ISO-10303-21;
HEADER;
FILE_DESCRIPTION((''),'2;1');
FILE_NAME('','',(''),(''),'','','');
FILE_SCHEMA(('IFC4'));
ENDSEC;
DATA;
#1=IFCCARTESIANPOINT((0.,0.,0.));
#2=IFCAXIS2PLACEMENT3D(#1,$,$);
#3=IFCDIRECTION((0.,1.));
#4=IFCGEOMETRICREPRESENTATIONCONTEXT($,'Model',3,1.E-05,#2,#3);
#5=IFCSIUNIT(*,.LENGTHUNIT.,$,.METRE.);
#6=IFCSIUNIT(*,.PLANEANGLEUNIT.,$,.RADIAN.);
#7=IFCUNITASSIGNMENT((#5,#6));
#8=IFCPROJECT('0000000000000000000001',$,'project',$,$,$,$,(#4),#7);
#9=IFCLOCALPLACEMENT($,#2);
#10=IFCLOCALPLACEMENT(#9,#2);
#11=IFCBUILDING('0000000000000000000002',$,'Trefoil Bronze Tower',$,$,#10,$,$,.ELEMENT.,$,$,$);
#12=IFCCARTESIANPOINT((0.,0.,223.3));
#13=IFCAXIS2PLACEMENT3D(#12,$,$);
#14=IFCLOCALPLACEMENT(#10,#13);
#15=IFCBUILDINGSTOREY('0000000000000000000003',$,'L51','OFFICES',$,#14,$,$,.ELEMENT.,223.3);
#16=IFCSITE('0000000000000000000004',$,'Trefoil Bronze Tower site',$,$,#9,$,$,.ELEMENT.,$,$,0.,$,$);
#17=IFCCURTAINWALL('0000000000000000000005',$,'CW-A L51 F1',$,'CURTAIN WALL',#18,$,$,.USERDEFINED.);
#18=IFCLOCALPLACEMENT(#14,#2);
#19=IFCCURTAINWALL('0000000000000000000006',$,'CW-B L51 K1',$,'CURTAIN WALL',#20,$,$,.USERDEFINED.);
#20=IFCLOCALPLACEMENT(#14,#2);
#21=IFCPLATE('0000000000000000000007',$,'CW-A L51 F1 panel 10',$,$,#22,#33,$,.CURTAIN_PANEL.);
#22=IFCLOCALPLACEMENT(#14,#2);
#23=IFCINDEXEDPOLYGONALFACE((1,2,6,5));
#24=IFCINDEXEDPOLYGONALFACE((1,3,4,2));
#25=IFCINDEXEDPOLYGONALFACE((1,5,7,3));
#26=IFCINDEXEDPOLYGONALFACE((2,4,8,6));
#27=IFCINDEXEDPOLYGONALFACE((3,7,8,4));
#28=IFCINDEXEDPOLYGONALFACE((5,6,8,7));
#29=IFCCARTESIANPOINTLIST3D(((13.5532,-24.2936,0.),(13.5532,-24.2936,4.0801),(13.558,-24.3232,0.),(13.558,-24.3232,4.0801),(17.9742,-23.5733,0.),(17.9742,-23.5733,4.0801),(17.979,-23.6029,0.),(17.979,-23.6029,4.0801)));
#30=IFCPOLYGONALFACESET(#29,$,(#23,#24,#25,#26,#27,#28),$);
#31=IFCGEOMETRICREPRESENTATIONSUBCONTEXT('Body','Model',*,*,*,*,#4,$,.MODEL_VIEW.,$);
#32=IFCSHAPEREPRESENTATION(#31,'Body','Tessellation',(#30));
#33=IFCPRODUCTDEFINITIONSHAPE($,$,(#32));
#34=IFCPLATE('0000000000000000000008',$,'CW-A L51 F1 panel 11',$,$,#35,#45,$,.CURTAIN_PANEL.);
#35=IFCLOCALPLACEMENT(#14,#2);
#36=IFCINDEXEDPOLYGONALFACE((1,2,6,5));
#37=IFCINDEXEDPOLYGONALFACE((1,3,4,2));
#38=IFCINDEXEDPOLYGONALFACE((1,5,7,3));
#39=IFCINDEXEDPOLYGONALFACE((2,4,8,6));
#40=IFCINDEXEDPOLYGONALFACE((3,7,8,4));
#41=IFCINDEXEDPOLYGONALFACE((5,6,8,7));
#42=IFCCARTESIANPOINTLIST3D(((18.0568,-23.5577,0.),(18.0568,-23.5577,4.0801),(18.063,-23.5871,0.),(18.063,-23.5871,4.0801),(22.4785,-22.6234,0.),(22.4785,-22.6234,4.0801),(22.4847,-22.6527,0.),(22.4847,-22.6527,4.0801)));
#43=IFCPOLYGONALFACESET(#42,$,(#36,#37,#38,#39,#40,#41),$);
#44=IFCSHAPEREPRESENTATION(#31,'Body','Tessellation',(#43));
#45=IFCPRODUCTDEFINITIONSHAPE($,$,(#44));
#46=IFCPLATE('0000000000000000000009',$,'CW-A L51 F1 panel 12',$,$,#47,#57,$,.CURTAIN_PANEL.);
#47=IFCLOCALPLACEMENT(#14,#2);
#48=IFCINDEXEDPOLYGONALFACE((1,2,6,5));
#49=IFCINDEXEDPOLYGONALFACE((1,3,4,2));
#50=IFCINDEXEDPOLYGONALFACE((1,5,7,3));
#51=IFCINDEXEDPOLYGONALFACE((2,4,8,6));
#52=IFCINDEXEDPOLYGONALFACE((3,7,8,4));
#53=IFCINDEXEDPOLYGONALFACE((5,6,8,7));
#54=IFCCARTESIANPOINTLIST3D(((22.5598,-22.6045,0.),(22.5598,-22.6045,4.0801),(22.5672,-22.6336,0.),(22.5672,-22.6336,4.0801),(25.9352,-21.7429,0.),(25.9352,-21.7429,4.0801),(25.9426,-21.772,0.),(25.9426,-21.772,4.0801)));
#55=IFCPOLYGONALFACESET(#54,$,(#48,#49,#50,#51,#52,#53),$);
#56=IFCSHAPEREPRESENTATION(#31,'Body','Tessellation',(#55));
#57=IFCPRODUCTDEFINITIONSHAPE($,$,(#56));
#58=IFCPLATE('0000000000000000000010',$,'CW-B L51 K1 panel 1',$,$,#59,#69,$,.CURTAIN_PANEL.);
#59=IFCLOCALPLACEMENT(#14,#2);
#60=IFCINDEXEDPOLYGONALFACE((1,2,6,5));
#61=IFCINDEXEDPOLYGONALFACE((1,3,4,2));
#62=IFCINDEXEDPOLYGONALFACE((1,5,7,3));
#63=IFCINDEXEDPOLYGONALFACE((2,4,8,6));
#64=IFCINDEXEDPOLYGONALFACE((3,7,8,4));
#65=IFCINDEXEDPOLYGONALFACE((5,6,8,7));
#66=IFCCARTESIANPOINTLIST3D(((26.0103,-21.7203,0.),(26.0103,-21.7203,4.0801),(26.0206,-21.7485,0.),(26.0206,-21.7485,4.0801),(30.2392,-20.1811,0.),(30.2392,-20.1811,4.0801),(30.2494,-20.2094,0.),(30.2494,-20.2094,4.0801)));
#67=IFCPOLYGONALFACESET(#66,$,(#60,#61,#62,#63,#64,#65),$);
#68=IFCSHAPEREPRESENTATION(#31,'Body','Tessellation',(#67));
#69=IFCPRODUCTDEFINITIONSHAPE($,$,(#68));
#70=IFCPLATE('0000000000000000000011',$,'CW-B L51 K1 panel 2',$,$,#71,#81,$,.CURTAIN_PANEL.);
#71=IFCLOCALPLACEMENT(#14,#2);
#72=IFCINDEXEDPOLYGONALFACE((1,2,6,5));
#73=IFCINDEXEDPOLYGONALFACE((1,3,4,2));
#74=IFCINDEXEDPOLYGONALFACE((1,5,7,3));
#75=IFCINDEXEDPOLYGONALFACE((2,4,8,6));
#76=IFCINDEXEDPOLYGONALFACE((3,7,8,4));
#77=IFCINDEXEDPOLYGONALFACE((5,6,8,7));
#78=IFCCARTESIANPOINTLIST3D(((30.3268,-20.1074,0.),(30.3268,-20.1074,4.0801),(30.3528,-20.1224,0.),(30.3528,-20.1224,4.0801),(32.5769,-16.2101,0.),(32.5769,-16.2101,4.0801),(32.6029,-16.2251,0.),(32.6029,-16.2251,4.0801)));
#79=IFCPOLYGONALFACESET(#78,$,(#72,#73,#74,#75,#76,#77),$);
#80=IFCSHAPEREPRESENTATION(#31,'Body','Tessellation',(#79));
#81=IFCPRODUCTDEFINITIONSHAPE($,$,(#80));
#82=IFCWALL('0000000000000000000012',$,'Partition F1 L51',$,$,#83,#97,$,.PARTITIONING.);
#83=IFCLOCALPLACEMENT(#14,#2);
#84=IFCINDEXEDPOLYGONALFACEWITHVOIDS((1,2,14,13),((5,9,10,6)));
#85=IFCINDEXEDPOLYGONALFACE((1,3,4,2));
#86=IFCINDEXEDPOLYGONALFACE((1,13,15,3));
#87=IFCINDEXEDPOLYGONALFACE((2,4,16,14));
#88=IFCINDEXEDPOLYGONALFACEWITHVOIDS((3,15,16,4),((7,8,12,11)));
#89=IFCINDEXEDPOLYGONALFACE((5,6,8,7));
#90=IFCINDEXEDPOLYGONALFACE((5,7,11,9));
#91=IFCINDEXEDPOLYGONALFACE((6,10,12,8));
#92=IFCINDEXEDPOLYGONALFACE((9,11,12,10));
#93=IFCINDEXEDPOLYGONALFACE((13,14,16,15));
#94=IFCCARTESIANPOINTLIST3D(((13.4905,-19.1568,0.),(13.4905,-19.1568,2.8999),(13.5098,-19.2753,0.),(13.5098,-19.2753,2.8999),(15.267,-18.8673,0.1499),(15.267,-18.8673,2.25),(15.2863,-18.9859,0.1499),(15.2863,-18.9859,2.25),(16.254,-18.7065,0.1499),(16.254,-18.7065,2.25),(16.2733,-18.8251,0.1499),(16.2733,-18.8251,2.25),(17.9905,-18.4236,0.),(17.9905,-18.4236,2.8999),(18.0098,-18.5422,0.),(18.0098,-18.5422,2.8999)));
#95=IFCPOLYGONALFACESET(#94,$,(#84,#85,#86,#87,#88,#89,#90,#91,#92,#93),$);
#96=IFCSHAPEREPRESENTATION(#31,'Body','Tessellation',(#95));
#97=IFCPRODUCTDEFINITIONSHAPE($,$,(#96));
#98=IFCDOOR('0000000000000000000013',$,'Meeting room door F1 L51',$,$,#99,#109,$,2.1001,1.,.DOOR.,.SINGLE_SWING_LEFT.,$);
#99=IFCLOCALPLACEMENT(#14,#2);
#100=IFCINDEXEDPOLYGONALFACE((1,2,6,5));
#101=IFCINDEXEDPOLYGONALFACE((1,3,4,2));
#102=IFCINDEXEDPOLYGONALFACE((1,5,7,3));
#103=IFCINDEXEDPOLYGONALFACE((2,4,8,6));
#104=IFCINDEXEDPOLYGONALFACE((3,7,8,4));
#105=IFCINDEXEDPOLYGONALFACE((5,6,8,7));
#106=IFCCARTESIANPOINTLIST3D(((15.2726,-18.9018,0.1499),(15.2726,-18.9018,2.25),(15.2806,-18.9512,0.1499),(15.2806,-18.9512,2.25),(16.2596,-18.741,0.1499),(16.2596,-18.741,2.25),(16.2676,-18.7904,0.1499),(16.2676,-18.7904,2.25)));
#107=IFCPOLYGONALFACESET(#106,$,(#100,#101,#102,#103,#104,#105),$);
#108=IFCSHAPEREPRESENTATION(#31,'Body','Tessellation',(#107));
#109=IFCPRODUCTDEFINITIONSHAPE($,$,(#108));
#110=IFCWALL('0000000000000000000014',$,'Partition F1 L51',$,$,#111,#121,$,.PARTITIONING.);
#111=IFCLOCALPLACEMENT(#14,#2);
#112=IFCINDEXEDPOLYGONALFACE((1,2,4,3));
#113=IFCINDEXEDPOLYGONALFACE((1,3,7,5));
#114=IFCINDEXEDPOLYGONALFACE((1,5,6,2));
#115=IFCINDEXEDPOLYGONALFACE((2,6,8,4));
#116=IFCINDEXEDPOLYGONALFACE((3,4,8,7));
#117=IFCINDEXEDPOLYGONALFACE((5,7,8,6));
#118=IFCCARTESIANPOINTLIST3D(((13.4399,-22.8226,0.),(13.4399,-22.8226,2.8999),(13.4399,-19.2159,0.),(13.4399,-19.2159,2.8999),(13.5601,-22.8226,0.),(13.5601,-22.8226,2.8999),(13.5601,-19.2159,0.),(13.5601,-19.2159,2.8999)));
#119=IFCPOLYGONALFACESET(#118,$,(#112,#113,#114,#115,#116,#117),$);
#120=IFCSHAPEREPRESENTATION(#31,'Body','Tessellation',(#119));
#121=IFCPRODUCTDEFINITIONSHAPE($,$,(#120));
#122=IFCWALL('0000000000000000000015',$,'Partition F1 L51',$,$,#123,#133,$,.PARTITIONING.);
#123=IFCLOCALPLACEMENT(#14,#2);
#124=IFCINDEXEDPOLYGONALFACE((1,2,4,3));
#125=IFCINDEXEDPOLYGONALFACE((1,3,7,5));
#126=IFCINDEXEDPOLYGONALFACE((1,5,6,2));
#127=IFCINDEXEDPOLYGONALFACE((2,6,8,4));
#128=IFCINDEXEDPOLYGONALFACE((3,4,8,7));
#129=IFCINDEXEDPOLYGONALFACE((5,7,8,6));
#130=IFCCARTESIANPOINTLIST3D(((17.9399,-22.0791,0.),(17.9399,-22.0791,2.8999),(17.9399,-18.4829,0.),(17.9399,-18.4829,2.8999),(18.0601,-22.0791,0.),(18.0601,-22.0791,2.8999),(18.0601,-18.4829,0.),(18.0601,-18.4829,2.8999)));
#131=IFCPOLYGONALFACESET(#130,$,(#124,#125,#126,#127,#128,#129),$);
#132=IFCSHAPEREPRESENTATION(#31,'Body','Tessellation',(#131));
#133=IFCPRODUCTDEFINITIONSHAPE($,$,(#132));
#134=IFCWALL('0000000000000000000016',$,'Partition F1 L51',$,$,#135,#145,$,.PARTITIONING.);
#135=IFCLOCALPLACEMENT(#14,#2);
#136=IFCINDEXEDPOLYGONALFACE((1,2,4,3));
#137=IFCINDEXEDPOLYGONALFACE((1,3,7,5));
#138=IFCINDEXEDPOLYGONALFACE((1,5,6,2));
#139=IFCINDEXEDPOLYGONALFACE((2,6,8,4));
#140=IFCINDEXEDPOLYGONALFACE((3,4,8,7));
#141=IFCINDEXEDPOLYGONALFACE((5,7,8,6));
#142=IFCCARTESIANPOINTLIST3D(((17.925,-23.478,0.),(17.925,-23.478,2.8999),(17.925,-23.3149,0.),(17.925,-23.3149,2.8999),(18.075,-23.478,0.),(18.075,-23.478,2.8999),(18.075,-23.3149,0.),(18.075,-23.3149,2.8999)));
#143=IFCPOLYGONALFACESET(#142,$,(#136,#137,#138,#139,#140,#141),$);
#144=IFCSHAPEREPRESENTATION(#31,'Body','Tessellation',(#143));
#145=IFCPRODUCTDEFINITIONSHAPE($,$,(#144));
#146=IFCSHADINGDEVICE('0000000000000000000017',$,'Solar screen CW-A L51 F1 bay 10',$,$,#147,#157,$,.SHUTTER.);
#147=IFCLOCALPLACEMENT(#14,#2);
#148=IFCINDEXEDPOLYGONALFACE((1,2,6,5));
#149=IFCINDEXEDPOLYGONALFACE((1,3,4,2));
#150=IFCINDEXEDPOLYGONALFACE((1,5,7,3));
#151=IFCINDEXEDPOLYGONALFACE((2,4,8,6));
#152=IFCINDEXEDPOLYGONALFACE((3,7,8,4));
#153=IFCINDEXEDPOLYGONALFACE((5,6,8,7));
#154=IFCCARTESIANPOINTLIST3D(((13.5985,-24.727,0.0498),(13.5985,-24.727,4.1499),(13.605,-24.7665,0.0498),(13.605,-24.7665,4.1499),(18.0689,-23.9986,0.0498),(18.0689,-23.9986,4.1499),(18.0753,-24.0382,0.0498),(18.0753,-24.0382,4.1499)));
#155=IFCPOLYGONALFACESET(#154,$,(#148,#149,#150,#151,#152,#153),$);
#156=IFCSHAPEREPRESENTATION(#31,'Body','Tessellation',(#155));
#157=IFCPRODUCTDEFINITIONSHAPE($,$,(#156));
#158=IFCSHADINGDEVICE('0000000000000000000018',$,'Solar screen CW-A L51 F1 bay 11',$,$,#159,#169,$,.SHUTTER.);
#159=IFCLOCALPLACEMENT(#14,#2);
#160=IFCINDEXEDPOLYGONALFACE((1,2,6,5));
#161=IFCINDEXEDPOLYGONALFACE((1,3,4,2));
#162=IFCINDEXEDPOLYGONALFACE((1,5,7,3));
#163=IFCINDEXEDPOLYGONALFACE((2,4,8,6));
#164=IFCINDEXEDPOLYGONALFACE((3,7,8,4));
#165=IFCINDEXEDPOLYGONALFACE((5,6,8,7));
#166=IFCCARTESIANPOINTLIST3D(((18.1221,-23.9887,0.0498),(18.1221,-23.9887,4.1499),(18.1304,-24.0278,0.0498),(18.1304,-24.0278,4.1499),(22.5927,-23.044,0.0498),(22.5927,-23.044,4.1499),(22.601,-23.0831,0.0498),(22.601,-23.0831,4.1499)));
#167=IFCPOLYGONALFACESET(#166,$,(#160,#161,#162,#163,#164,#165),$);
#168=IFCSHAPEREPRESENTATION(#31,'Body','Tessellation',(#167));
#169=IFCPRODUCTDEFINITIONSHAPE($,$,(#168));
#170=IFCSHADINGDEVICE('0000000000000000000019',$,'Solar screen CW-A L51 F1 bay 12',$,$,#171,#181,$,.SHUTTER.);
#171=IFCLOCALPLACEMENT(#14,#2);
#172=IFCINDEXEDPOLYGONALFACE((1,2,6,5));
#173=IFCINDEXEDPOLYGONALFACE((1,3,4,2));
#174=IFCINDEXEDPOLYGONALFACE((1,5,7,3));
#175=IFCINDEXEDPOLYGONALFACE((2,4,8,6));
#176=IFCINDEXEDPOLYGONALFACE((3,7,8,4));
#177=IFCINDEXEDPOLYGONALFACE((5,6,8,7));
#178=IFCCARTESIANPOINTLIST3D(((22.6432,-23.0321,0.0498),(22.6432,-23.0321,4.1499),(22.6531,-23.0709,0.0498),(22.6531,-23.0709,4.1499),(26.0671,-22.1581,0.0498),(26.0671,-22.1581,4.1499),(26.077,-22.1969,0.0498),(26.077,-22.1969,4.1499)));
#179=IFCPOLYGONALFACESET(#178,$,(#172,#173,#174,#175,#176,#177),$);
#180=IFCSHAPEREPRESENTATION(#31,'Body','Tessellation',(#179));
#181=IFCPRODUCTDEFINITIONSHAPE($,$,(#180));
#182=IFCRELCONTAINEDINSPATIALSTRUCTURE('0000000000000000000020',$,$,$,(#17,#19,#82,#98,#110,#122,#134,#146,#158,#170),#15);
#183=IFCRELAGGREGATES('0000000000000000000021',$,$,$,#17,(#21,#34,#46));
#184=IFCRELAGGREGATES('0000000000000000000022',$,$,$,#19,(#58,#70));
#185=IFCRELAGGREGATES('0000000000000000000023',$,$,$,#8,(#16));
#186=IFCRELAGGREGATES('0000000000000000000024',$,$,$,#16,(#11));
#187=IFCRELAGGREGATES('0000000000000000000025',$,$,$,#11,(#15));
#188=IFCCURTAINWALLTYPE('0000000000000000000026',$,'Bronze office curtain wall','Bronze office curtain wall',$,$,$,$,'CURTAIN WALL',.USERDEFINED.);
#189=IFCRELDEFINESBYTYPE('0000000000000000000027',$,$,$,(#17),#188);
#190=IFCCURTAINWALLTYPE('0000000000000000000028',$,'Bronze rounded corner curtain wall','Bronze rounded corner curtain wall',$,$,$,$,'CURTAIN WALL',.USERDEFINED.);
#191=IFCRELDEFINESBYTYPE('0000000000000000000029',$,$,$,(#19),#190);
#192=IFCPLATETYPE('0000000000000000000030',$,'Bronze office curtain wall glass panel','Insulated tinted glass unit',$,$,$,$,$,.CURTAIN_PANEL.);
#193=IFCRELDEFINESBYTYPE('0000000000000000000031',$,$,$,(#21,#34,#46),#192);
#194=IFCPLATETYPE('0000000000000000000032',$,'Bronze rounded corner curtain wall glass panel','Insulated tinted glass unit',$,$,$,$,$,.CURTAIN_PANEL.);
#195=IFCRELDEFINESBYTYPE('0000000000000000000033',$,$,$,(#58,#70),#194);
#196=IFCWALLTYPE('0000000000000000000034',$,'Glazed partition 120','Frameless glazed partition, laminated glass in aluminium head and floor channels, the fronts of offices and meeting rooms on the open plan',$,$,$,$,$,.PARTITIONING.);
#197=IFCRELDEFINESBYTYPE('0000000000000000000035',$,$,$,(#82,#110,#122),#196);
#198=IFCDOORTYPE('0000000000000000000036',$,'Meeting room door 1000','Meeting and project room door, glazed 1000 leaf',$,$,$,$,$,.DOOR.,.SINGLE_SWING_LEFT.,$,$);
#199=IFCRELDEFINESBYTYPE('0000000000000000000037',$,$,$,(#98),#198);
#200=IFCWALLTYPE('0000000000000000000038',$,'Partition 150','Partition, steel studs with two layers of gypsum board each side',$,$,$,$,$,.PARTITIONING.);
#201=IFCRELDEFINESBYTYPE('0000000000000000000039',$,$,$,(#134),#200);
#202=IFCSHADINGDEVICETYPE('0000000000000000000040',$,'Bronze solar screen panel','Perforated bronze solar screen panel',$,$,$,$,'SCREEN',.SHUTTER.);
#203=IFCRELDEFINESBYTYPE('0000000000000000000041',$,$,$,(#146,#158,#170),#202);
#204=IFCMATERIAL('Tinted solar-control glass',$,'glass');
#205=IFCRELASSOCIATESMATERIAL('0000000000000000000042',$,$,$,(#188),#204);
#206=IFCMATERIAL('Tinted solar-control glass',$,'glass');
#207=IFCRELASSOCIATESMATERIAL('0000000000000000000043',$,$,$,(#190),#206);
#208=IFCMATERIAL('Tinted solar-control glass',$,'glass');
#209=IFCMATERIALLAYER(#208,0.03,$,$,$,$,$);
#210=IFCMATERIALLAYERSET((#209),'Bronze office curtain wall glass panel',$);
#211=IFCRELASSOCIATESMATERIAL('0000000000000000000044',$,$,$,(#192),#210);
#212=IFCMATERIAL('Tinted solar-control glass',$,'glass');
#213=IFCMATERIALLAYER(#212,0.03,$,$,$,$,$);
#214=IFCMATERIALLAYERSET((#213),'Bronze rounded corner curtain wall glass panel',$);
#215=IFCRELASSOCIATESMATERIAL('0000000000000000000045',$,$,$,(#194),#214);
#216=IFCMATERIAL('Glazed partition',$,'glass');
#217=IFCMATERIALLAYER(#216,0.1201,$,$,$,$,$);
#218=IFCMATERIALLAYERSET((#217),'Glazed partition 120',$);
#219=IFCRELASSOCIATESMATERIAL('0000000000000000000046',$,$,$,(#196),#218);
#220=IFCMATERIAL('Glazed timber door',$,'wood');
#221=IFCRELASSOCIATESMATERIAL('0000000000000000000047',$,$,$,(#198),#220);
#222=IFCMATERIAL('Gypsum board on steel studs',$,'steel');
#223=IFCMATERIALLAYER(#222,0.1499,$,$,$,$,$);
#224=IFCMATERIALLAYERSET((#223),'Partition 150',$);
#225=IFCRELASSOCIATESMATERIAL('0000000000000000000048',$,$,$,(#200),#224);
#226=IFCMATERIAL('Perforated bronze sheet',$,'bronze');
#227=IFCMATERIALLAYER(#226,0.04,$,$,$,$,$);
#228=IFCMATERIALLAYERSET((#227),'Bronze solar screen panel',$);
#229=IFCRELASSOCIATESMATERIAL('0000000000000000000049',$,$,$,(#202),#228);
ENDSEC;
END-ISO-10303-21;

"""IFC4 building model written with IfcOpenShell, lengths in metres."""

from ifc_helpers import new_model, si_unit, direction, frame, frame_2d, origin, origin_2d, place, context, subcontext, project, spatial, rectangle, extrude, material, layer, layer_set, type_object, element, fill, aggregate, save


model = new_model("IFC4")

# Units and contexts
model_context = context("Model", 3, precision=1e-05, world=origin(), true_north=direction((0.0, 1.0)))
body_context = subcontext(model_context, "Body", "Model", "MODEL_VIEW")
ifc_project = project(units=[si_unit("LENGTHUNIT", "METRE"), si_unit("PLANEANGLEUNIT", "RADIAN")], contexts=[model_context])

# Site, building, storey
site_placement = place(None, origin())
site = spatial("IfcSite", under=ifc_project, at=site_placement, Name="Trefoil Bronze Tower site", CompositionType="ELEMENT", RefElevation=0.0)
building_placement = place(site_placement, origin())
building = spatial("IfcBuilding", under=site, at=building_placement, Name="Trefoil Bronze Tower", CompositionType="ELEMENT")
storey_placement = place(building_placement, frame((0.0, 0.0, 223.3)))
storey = spatial("IfcBuildingStorey", under=building, at=storey_placement, Name="L51", Description="OFFICES", CompositionType="ELEMENT", Elevation=223.3)

# Curtain walls
ifc_material_1 = material(Name="Tinted solar-control glass", Category="glass")
curtain_wall_type_1 = type_object("IfcCurtainWallType", Name="Bronze office curtain wall", Description="Bronze office curtain wall", ElementType="CURTAIN WALL", PredefinedType="USERDEFINED", material=ifc_material_1)
curtain_wall_1_placement = place(storey_placement, origin())
curtain_wall_1 = element("IfcCurtainWall", 1, at=curtain_wall_1_placement, inside=storey, type_object=curtain_wall_type_1, Name="CW-A L51 F1", ObjectType="CURTAIN WALL", PredefinedType="USERDEFINED")
ifc_material_2 = material(Name="Tinted solar-control glass", Category="glass")
curtain_wall_type_2 = type_object("IfcCurtainWallType", Name="Bronze rounded corner curtain wall", Description="Bronze rounded corner curtain wall", ElementType="CURTAIN WALL", PredefinedType="USERDEFINED", material=ifc_material_2)
curtain_wall_2_placement = place(storey_placement, origin())
curtain_wall_2 = element("IfcCurtainWall", 2, at=curtain_wall_2_placement, inside=storey, type_object=curtain_wall_type_2, Name="CW-B L51 K1", ObjectType="CURTAIN WALL", PredefinedType="USERDEFINED")

# Plates
ifc_material_3 = material(Name="Tinted solar-control glass", Category="glass")
ifc_layer_1 = layer(ifc_material_3, 0.03)
ifc_layer_set_1 = layer_set([ifc_layer_1], Name="Bronze office curtain wall glass panel")
plate_type_1 = type_object("IfcPlateType", Name="Bronze office curtain wall glass panel", Description="Insulated tinted glass unit", PredefinedType="CURTAIN_PANEL", material=ifc_layer_set_1)
plate_1_placement = place(storey_placement, frame((15.7661, -23.9482, 0.0), z_axis=(0.0, 0.0, 1.0), x_axis=(0.986987, 0.160803, 0.0)))
plate_1 = element("IfcPlate", 3, at=plate_1_placement, type_object=plate_type_1, Name="CW-A L51 F1 panel 10", PredefinedType="CURTAIN_PANEL", context=body_context, shape_type="SweptSolid", body=[
    extrude(rectangle(XDim=4.4792, YDim=0.03, at=origin_2d()), origin(), (0.0, 0.0, 1.0), 4.0801),
])
plate_2_placement = place(storey_placement, frame((20.2708, -23.1052, 0.0), z_axis=(0.0, 0.0, 1.0), x_axis=(0.978394, 0.206747, 0.0)))
plate_2 = element("IfcPlate", 4, at=plate_2_placement, type_object=plate_type_1, Name="CW-A L51 F1 panel 11", PredefinedType="CURTAIN_PANEL", context=body_context, shape_type="SweptSolid", body=[
    extrude(rectangle(XDim=4.5193, YDim=0.03, at=origin_2d()), origin(), (0.0, 0.0, 1.0), 4.0801),
])
plate_3_placement = place(storey_placement, frame((24.2512, -22.1882, 0.0), z_axis=(0.0, 0.0, 1.0), x_axis=(0.968934, 0.247319, 0.0)))
plate_3 = element("IfcPlate", 5, at=plate_3_placement, type_object=plate_type_1, Name="CW-A L51 F1 panel 12", PredefinedType="CURTAIN_PANEL", context=body_context, shape_type="SweptSolid", body=[
    extrude(rectangle(XDim=3.4836, YDim=0.03, at=origin_2d()), origin(), (0.0, 0.0, 1.0), 4.0801),
])
aggregate(curtain_wall_1, [plate_1, plate_2, plate_3])
ifc_material_4 = material(Name="Tinted solar-control glass", Category="glass")
ifc_layer_2 = layer(ifc_material_4, 0.03)
ifc_layer_set_2 = layer_set([ifc_layer_2], Name="Bronze rounded corner curtain wall glass panel")
plate_type_2 = type_object("IfcPlateType", Name="Bronze rounded corner curtain wall glass panel", Description="Insulated tinted glass unit", PredefinedType="CURTAIN_PANEL", material=ifc_layer_set_2)
plate_4_placement = place(storey_placement, frame((28.1299, -20.9648, 0.0), z_axis=(0.0, 0.0, 1.0), x_axis=(0.939693, 0.34202, 0.0)))
plate_4 = element("IfcPlate", 6, at=plate_4_placement, type_object=plate_type_2, Name="CW-B L51 K1 panel 1", PredefinedType="CURTAIN_PANEL", context=body_context, shape_type="SweptSolid", body=[
    extrude(rectangle(XDim=4.5002, YDim=0.03, at=origin_2d()), origin(), (0.0, 0.0, 1.0), 4.0801),
])
plate_5_placement = place(storey_placement, frame((31.4648, -18.1663, 0.0), z_axis=(0.0, 0.0, 1.0), x_axis=(0.5, 0.866025, 0.0)))
plate_5 = element("IfcPlate", 7, at=plate_5_placement, type_object=plate_type_2, Name="CW-B L51 K1 panel 2", PredefinedType="CURTAIN_PANEL", context=body_context, shape_type="SweptSolid", body=[
    extrude(rectangle(XDim=4.5002, YDim=0.03, at=origin_2d()), origin(), (0.0, 0.0, 1.0), 4.0801),
])
aggregate(curtain_wall_2, [plate_4, plate_5])

# Wall, opening, door
ifc_material_5 = material(Name="Glazed partition", Category="glass")
ifc_layer_3 = layer(ifc_material_5, 0.1201)
ifc_layer_set_3 = layer_set([ifc_layer_3], Name="Glazed partition 120")
wall_type_1 = type_object("IfcWallType", Name="Glazed partition 120", Description="Frameless glazed partition, laminated glass in aluminium head and floor channels, the fronts of offices and meeting rooms on the open plan", PredefinedType="PARTITIONING", material=ifc_layer_set_3)
wall_1_placement = place(storey_placement, frame((13.5, -19.2161, 0.0), z_axis=(0.0, 0.0, 1.0), x_axis=(0.986987, 0.160803, 0.0)))
wall_1 = element("IfcWall", 8, at=wall_1_placement, inside=storey, type_object=wall_type_1, Name="Partition F1 L51", PredefinedType="PARTITIONING", context=body_context, shape_type="SweptSolid", body=[
    extrude(rectangle(XDim=4.5593, YDim=0.1201, at=frame_2d((2.2798, 0.0))), origin(), (0.0, 0.0, 1.0), 2.8999),
])
opening_placement = place(wall_1_placement, frame((1.8, 0.0, 0.1499)))
opening = element("IfcOpeningElement", 9, at=opening_placement, cuts=wall_1, PredefinedType="OPENING", context=body_context, shape_type="SweptSolid", body=[
    extrude(rectangle(XDim=1.0, YDim=2.1001, at=frame_2d((0.5, 1.05))), frame((0.0, 0.0701, 0.0), z_axis=(0.0, -1.0, 0.0), x_axis=(1.0, 0.0, 0.0)), (0.0, 0.0, 1.0), 0.1401),
])
ifc_material_6 = material(Name="Glazed timber door", Category="wood")
door_type = type_object("IfcDoorType", Name="Meeting room door 1000", Description="Meeting and project room door, glazed 1000 leaf", OperationType="SINGLE_SWING_LEFT", PredefinedType="DOOR", material=ifc_material_6)
door_placement = place(opening_placement, frame((1.0, 0.0, 0.0), z_axis=(0.0, 0.0, 1.0), x_axis=(-1.0, 0.0, 0.0)))
door = element("IfcDoor", 10, at=door_placement, inside=storey, type_object=door_type, Name="Meeting room door F1 L51", OperationType="SINGLE_SWING_LEFT", OverallHeight=2.1001, OverallWidth=1.0, PredefinedType="DOOR", context=body_context, shape_type="SweptSolid", body=[
    extrude(rectangle(XDim=1.0, YDim=2.1001, at=frame_2d((0.5, 1.05))), frame((0.0, 0.0249, 0.0), z_axis=(0.0, -1.0, 0.0), x_axis=(1.0, 0.0, 0.0)), (0.0, 0.0, 1.0), 0.05),
])
fill(opening, door)

# Walls
wall_2_placement = place(storey_placement, frame((13.5, -19.2161, 0.0), z_axis=(0.0, 0.0, 1.0), x_axis=(0.0, -1.0, 0.0)))
element("IfcWall", 11, at=wall_2_placement, inside=storey, type_object=wall_type_1, Name="Partition F1 L51", PredefinedType="PARTITIONING", context=body_context, shape_type="SweptSolid", body=[
    extrude(rectangle(XDim=3.6067, YDim=0.1201, at=frame_2d((1.8032, 0.0))), origin(), (0.0, 0.0, 1.0), 2.8999),
])
wall_3_placement = place(storey_placement, frame((18.0, -18.4829, 0.0), z_axis=(0.0, 0.0, 1.0), x_axis=(0.0, -1.0, 0.0)))
element("IfcWall", 12, at=wall_3_placement, inside=storey, type_object=wall_type_1, Name="Partition F1 L51", PredefinedType="PARTITIONING", context=body_context, shape_type="SweptSolid", body=[
    extrude(rectangle(XDim=3.5962, YDim=0.1201, at=frame_2d((1.7981, 0.0))), origin(), (0.0, 0.0, 1.0), 2.8999),
])
ifc_material_7 = material(Name="Gypsum board on steel studs", Category="steel")
ifc_layer_4 = layer(ifc_material_7, 0.1499)
ifc_layer_set_4 = layer_set([ifc_layer_4], Name="Partition 150")
wall_type_2 = type_object("IfcWallType", Name="Partition 150", Description="Partition, steel studs with two layers of gypsum board each side", PredefinedType="PARTITIONING", material=ifc_layer_set_4)
wall_4_placement = place(storey_placement, frame((18.0, -23.3149, 0.0), z_axis=(0.0, 0.0, 1.0), x_axis=(0.0, -1.0, 0.0)))
element("IfcWall", 13, at=wall_4_placement, inside=storey, type_object=wall_type_2, Name="Partition F1 L51", PredefinedType="PARTITIONING", context=body_context, shape_type="SweptSolid", body=[
    extrude(rectangle(XDim=0.1631, YDim=0.1499, at=frame_2d((0.0815, 0.0))), origin(), (0.0, 0.0, 1.0), 2.8999),
])

# Shading devices
ifc_material_8 = material(Name="Perforated bronze sheet", Category="bronze")
ifc_layer_5 = layer(ifc_material_8, 0.04)
ifc_layer_set_5 = layer_set([ifc_layer_5], Name="Bronze solar screen panel")
shading_device_type = type_object("IfcShadingDeviceType", Name="Bronze solar screen panel", Description="Perforated bronze solar screen panel", ElementType="SCREEN", PredefinedType="SHUTTER", material=ifc_layer_set_5)
shading_device_1_placement = place(storey_placement, frame((15.8369, -24.3826, 0.0498), z_axis=(0.0, 0.0, 1.0), x_axis=(0.986987, 0.160803, 0.0)))
element("IfcShadingDevice", 14, at=shading_device_1_placement, inside=storey, type_object=shading_device_type, Name="Solar screen CW-A L51 F1 bay 10", PredefinedType="SHUTTER", context=body_context, shape_type="SweptSolid", body=[
    extrude(rectangle(XDim=4.5293, YDim=0.04, at=origin_2d()), origin(), (0.0, 0.0, 1.0), 4.1001),
])
shading_device_2_placement = place(storey_placement, frame((20.3616, -23.5359, 0.0498), z_axis=(0.0, 0.0, 1.0), x_axis=(0.978394, 0.206747, 0.0)))
element("IfcShadingDevice", 15, at=shading_device_2_placement, inside=storey, type_object=shading_device_type, Name="Solar screen CW-A L51 F1 bay 11", PredefinedType="SHUTTER", context=body_context, shape_type="SweptSolid", body=[
    extrude(rectangle(XDim=4.5693, YDim=0.04, at=origin_2d()), origin(), (0.0, 0.0, 1.0), 4.1001),
])
shading_device_3_placement = place(storey_placement, frame((24.3601, -22.6145, 0.0498), z_axis=(0.0, 0.0, 1.0), x_axis=(0.968934, 0.247319, 0.0)))
element("IfcShadingDevice", 16, at=shading_device_3_placement, inside=storey, type_object=shading_device_type, Name="Solar screen CW-A L51 F1 bay 12", PredefinedType="SHUTTER", context=body_context, shape_type="SweptSolid", body=[
    extrude(rectangle(XDim=3.5337, YDim=0.04, at=origin_2d()), origin(), (0.0, 0.0, 1.0), 4.1001),
])

save(model, "model.ifc")
